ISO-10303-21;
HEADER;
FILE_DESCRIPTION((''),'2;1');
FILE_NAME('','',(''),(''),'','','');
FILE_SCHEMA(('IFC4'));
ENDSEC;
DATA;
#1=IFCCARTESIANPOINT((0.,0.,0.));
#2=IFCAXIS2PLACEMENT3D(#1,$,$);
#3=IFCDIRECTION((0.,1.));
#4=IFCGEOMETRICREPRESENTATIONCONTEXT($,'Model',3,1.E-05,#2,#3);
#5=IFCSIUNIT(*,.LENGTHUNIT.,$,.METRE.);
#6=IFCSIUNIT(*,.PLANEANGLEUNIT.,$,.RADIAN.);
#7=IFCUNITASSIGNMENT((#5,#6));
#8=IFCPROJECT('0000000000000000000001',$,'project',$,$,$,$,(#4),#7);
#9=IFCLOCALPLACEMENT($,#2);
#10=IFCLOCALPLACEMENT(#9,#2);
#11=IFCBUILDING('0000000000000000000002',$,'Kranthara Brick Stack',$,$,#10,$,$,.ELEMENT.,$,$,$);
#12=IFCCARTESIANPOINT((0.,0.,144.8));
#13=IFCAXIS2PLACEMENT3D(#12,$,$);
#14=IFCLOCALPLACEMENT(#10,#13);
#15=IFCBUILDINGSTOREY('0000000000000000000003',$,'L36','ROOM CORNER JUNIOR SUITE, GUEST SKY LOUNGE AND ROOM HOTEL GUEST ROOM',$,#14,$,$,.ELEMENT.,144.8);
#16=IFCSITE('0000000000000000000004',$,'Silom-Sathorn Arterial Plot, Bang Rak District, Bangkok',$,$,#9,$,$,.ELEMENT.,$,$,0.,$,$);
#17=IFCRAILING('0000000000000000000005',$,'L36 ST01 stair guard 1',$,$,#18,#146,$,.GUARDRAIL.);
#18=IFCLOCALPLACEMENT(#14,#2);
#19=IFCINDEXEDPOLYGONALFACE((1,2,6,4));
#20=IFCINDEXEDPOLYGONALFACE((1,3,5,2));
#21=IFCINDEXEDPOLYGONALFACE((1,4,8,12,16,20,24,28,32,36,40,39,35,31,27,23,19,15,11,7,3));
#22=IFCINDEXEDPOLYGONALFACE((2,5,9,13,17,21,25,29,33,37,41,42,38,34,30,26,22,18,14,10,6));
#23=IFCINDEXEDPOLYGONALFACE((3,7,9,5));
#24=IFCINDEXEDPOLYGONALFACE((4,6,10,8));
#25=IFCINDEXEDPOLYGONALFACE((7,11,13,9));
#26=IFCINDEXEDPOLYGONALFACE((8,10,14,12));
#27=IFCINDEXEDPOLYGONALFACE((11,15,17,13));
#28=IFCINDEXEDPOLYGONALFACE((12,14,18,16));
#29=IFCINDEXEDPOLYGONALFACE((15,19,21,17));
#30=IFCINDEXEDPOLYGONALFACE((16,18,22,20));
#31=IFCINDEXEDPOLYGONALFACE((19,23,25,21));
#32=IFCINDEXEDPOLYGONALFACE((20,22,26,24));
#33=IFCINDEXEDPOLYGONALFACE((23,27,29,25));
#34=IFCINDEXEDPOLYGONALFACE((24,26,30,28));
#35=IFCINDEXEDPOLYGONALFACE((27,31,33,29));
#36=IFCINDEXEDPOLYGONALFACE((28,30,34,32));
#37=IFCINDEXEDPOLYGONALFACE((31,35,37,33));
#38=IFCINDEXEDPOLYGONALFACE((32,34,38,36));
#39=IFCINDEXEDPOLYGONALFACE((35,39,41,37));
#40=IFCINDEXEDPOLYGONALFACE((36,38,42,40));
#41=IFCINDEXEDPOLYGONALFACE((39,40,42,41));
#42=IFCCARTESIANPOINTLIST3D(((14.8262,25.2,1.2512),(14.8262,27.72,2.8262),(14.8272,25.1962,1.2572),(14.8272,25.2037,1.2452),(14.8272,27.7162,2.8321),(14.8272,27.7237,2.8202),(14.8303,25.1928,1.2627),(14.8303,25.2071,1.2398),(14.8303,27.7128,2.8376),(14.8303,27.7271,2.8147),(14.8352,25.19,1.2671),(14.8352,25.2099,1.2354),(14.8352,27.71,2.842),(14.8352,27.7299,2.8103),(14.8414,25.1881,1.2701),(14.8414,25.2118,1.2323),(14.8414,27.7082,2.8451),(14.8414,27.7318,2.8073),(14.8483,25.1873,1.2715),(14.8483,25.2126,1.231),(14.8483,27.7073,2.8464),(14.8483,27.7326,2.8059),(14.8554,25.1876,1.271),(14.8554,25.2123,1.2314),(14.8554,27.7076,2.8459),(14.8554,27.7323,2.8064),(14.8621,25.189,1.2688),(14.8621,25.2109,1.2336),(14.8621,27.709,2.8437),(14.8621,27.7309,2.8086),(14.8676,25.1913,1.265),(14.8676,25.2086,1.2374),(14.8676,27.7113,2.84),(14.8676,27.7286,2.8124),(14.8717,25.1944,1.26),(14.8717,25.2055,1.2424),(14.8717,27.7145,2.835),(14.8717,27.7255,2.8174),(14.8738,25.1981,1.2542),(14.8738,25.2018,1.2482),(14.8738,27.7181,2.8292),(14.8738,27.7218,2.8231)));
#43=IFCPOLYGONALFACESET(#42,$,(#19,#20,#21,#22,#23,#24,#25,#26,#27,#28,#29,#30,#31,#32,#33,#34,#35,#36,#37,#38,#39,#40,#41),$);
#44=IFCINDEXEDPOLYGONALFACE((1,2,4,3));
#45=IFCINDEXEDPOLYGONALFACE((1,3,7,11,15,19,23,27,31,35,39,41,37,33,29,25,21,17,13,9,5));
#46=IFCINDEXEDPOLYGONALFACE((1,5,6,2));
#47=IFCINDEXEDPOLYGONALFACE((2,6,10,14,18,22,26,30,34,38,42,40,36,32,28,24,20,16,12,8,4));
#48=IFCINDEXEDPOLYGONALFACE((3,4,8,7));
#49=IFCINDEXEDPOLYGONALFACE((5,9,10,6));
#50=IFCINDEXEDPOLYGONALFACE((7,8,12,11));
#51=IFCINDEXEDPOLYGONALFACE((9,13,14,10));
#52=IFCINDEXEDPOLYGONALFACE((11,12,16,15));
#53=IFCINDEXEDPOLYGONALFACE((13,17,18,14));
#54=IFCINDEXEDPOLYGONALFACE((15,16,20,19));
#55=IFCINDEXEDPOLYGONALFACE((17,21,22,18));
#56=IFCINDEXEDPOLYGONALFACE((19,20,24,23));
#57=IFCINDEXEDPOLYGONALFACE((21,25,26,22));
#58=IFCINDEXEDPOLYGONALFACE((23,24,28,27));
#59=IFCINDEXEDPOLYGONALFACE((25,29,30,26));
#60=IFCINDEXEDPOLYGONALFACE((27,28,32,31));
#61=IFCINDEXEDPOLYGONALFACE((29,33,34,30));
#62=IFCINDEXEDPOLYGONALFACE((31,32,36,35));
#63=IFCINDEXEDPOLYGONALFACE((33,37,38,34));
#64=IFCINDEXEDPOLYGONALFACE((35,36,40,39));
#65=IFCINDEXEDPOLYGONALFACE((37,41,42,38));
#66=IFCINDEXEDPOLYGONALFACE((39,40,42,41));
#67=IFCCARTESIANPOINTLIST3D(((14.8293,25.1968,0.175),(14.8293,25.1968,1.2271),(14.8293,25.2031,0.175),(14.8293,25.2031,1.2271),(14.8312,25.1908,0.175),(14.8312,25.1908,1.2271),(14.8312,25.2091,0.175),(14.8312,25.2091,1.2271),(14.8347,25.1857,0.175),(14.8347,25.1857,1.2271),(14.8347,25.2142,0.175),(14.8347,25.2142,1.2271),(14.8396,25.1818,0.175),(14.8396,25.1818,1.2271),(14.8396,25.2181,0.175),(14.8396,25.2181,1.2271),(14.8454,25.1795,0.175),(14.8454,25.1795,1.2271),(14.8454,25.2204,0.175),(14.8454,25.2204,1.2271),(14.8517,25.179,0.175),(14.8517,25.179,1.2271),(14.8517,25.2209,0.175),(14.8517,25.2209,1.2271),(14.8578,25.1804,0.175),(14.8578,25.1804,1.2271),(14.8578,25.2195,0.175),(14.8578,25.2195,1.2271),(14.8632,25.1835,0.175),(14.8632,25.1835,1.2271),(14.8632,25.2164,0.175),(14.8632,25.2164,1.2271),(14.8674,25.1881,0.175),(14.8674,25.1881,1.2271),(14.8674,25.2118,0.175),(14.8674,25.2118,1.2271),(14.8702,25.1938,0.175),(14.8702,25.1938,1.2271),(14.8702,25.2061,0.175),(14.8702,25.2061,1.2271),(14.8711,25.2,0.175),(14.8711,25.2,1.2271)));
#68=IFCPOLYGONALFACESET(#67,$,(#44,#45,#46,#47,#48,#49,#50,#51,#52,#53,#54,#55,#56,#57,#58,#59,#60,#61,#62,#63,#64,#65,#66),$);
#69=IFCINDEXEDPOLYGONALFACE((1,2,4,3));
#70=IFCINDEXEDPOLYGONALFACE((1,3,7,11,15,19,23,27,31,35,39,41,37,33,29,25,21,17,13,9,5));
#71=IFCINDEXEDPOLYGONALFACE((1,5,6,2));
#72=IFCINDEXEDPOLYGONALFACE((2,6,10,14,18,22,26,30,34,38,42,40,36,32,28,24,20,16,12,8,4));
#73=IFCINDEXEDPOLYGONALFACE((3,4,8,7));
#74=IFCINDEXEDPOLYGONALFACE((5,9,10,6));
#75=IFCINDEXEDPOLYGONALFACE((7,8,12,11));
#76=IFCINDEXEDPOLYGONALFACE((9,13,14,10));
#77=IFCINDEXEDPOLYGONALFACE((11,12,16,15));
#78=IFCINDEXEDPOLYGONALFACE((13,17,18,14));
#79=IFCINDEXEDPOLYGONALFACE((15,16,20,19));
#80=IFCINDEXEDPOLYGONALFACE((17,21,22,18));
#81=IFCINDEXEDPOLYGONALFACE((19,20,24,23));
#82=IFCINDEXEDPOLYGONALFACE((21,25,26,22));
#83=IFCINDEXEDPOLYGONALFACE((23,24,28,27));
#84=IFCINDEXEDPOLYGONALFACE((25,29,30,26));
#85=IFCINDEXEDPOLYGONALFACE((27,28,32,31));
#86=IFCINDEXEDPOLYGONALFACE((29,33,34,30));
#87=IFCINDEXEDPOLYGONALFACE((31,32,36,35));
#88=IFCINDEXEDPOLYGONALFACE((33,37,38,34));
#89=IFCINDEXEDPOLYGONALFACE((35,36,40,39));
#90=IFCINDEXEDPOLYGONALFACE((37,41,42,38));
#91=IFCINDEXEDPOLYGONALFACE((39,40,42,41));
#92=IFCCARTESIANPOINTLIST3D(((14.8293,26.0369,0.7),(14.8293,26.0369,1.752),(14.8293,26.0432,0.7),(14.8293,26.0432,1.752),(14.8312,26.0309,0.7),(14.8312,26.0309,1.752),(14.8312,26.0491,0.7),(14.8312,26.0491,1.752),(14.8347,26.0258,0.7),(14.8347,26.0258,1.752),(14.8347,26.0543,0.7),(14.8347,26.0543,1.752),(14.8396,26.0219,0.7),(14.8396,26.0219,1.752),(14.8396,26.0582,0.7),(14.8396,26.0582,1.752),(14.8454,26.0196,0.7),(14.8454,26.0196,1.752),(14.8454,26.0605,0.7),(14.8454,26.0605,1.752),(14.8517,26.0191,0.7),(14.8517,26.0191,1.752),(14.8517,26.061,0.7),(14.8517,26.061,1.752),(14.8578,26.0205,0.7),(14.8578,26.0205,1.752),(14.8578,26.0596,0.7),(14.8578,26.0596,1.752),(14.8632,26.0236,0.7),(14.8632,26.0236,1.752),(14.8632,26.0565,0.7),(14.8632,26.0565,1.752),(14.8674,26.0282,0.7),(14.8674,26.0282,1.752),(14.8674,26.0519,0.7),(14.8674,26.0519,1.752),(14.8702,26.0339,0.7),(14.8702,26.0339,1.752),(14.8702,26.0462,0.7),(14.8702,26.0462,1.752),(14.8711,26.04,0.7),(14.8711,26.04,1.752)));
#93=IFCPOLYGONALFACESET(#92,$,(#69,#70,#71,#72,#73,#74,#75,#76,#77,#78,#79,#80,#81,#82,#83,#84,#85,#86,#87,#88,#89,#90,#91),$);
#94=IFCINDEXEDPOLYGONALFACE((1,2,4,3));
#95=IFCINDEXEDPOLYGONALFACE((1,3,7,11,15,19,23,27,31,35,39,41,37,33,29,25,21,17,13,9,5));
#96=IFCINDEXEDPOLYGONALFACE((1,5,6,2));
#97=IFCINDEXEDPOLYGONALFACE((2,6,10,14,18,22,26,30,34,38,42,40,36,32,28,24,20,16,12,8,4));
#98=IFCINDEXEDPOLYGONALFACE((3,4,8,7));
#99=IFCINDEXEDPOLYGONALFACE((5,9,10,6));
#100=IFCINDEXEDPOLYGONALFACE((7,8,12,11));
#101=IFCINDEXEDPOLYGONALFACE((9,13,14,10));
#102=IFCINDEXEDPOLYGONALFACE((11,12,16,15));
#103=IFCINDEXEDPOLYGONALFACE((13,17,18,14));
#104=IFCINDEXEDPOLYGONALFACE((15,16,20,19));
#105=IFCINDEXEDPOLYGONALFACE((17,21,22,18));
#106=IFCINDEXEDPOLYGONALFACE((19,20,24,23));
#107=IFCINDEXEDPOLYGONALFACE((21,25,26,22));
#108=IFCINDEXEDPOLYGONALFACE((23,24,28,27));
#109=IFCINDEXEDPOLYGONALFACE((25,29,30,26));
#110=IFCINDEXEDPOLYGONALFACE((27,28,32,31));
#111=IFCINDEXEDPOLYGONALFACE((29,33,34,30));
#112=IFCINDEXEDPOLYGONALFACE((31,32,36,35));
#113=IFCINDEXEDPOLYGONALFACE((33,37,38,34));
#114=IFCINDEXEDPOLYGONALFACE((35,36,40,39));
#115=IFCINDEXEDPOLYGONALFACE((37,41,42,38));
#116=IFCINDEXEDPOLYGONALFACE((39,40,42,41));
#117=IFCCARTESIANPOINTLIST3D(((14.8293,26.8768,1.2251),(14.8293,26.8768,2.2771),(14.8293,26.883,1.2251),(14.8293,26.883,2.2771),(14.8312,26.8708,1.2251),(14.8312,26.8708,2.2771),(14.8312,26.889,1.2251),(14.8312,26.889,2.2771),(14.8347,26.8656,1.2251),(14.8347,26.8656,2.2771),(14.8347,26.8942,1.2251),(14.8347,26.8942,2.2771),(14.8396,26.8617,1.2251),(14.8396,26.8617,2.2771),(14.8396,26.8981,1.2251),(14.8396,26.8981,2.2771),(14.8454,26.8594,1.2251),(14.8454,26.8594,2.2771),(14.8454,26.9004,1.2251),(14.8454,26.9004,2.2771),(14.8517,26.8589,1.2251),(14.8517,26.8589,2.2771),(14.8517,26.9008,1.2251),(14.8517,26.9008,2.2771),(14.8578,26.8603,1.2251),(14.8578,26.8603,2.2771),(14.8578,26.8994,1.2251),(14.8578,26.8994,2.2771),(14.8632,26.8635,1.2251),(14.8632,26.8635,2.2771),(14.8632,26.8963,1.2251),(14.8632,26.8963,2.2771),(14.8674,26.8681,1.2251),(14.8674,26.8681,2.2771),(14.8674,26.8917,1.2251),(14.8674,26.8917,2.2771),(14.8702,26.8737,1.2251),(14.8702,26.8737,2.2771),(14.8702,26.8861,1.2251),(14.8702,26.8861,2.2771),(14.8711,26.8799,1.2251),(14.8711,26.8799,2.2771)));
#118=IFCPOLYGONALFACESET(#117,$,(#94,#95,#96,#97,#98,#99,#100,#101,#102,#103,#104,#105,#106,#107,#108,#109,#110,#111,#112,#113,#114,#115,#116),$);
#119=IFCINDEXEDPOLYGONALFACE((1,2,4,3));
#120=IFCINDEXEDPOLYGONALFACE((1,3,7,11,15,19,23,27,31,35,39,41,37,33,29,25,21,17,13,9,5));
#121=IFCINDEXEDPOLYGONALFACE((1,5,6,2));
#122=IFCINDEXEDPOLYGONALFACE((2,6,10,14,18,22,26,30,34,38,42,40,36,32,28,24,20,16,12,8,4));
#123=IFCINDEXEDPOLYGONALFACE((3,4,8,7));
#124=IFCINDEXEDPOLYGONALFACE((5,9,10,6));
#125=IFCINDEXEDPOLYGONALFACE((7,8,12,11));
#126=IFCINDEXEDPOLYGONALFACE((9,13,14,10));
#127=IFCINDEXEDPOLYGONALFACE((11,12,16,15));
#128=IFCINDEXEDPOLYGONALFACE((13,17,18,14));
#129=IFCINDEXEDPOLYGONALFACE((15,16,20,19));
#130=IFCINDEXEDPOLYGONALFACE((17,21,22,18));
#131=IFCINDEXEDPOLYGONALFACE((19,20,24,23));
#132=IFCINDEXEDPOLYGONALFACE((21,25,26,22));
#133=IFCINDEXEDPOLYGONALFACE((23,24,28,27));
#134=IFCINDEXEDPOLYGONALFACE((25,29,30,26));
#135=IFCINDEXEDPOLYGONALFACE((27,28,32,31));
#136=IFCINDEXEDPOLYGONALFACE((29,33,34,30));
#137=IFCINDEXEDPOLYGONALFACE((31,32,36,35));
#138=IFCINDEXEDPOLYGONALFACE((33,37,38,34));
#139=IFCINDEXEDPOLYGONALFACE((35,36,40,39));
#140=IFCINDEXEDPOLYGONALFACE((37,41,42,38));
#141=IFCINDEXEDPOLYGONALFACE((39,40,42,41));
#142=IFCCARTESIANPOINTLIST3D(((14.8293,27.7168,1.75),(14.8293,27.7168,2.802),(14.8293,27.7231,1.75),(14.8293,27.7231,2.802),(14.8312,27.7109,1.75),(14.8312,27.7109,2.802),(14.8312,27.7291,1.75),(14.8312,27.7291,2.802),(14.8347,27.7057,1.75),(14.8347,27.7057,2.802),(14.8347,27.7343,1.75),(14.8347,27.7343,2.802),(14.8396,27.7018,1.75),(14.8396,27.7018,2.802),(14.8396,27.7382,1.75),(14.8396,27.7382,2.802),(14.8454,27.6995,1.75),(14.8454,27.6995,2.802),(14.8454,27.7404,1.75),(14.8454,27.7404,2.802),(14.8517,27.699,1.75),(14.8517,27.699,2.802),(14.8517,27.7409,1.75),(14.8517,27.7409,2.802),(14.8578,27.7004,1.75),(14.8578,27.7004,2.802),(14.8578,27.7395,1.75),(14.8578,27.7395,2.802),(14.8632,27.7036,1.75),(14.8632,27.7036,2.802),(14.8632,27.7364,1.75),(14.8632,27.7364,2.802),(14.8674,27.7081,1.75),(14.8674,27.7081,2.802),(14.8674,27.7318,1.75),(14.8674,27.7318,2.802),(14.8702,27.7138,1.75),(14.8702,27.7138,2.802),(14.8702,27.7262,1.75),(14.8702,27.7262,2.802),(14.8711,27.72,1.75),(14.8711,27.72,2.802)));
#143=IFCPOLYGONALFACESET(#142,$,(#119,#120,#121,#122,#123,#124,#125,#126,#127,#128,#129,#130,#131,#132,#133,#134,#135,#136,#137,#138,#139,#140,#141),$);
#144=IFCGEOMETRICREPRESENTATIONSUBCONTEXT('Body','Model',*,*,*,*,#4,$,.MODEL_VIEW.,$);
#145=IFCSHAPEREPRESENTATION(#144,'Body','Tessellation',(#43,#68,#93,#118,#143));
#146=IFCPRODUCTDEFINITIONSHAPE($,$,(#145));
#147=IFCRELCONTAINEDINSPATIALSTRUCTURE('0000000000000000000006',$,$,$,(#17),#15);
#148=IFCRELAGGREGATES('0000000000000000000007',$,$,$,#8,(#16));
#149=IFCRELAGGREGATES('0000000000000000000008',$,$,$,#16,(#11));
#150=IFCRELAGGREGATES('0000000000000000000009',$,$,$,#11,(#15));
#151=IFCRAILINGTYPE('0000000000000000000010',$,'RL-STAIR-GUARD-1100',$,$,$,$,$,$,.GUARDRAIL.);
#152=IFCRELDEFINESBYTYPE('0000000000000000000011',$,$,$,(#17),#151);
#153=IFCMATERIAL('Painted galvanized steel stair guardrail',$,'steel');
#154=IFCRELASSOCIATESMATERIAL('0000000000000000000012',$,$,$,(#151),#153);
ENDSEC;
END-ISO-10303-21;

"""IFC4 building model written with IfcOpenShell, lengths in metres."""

from ifc_helpers import new_model, si_unit, direction, frame, origin, origin_2d, place, context, subcontext, project, spatial, circle, extrude, material, type_object, element, save


model = new_model("IFC4")

# Units and contexts
model_context = context("Model", 3, precision=1e-05, world=origin(), true_north=direction((0.0, 1.0)))
body_context = subcontext(model_context, "Body", "Model", "MODEL_VIEW")
ifc_project = project(units=[si_unit("LENGTHUNIT", "METRE"), si_unit("PLANEANGLEUNIT", "RADIAN")], contexts=[model_context])

# Site, building, storey
site_placement = place(None, origin())
site = spatial("IfcSite", under=ifc_project, at=site_placement, Name="Silom-Sathorn Arterial Plot, Bang Rak District, Bangkok", CompositionType="ELEMENT", RefElevation=0.0)
building_placement = place(site_placement, origin())
building = spatial("IfcBuilding", under=site, at=building_placement, Name="Kranthara Brick Stack", CompositionType="ELEMENT")
storey_placement = place(building_placement, frame((0.0, 0.0, 144.8)))
storey = spatial("IfcBuildingStorey", under=building, at=storey_placement, Name="L36", Description="ROOM CORNER JUNIOR SUITE, GUEST SKY LOUNGE AND ROOM HOTEL GUEST ROOM", CompositionType="ELEMENT", Elevation=144.8)

# Railing
ifc_material_1 = material(Name="Painted galvanized steel stair guardrail", Category="steel")
railing_type_1 = type_object("IfcRailingType", Name="RL-STAIR-GUARD-1100", PredefinedType="GUARDRAIL", material=ifc_material_1)
railing_1_placement = place(storey_placement, frame((14.8501, 25.2, 0.175)))
element("IfcRailing", 1, at=railing_1_placement, inside=storey, type_object=railing_type_1, Name="L36 ST01 stair guard 1", PredefinedType="GUARDRAIL", context=body_context, shape_type="SweptSolid", body=[
    extrude(circle(Radius=0.0239, at=origin_2d()), frame((0.0, 0.0, 1.0762), z_axis=(0.0, 0.848008, 0.529984), x_axis=(-1.0, 0.0, 0.0)), (0.0, 0.0, 1.0), 2.9717),
    extrude(circle(Radius=0.021, at=origin_2d()), origin(), (0.0, 0.0, 1.0), 1.052),
    extrude(circle(Radius=0.021, at=origin_2d()), frame((0.0, 0.8401, 0.5249)), (0.0, 0.0, 1.0), 1.052),
    extrude(circle(Radius=0.021, at=origin_2d()), frame((0.0, 1.6799, 1.05)), (0.0, 0.0, 1.0), 1.052),
    extrude(circle(Radius=0.021, at=origin_2d()), frame((0.0, 2.52, 1.575)), (0.0, 0.0, 1.0), 1.052),
])

save(model, "model.ifc")
